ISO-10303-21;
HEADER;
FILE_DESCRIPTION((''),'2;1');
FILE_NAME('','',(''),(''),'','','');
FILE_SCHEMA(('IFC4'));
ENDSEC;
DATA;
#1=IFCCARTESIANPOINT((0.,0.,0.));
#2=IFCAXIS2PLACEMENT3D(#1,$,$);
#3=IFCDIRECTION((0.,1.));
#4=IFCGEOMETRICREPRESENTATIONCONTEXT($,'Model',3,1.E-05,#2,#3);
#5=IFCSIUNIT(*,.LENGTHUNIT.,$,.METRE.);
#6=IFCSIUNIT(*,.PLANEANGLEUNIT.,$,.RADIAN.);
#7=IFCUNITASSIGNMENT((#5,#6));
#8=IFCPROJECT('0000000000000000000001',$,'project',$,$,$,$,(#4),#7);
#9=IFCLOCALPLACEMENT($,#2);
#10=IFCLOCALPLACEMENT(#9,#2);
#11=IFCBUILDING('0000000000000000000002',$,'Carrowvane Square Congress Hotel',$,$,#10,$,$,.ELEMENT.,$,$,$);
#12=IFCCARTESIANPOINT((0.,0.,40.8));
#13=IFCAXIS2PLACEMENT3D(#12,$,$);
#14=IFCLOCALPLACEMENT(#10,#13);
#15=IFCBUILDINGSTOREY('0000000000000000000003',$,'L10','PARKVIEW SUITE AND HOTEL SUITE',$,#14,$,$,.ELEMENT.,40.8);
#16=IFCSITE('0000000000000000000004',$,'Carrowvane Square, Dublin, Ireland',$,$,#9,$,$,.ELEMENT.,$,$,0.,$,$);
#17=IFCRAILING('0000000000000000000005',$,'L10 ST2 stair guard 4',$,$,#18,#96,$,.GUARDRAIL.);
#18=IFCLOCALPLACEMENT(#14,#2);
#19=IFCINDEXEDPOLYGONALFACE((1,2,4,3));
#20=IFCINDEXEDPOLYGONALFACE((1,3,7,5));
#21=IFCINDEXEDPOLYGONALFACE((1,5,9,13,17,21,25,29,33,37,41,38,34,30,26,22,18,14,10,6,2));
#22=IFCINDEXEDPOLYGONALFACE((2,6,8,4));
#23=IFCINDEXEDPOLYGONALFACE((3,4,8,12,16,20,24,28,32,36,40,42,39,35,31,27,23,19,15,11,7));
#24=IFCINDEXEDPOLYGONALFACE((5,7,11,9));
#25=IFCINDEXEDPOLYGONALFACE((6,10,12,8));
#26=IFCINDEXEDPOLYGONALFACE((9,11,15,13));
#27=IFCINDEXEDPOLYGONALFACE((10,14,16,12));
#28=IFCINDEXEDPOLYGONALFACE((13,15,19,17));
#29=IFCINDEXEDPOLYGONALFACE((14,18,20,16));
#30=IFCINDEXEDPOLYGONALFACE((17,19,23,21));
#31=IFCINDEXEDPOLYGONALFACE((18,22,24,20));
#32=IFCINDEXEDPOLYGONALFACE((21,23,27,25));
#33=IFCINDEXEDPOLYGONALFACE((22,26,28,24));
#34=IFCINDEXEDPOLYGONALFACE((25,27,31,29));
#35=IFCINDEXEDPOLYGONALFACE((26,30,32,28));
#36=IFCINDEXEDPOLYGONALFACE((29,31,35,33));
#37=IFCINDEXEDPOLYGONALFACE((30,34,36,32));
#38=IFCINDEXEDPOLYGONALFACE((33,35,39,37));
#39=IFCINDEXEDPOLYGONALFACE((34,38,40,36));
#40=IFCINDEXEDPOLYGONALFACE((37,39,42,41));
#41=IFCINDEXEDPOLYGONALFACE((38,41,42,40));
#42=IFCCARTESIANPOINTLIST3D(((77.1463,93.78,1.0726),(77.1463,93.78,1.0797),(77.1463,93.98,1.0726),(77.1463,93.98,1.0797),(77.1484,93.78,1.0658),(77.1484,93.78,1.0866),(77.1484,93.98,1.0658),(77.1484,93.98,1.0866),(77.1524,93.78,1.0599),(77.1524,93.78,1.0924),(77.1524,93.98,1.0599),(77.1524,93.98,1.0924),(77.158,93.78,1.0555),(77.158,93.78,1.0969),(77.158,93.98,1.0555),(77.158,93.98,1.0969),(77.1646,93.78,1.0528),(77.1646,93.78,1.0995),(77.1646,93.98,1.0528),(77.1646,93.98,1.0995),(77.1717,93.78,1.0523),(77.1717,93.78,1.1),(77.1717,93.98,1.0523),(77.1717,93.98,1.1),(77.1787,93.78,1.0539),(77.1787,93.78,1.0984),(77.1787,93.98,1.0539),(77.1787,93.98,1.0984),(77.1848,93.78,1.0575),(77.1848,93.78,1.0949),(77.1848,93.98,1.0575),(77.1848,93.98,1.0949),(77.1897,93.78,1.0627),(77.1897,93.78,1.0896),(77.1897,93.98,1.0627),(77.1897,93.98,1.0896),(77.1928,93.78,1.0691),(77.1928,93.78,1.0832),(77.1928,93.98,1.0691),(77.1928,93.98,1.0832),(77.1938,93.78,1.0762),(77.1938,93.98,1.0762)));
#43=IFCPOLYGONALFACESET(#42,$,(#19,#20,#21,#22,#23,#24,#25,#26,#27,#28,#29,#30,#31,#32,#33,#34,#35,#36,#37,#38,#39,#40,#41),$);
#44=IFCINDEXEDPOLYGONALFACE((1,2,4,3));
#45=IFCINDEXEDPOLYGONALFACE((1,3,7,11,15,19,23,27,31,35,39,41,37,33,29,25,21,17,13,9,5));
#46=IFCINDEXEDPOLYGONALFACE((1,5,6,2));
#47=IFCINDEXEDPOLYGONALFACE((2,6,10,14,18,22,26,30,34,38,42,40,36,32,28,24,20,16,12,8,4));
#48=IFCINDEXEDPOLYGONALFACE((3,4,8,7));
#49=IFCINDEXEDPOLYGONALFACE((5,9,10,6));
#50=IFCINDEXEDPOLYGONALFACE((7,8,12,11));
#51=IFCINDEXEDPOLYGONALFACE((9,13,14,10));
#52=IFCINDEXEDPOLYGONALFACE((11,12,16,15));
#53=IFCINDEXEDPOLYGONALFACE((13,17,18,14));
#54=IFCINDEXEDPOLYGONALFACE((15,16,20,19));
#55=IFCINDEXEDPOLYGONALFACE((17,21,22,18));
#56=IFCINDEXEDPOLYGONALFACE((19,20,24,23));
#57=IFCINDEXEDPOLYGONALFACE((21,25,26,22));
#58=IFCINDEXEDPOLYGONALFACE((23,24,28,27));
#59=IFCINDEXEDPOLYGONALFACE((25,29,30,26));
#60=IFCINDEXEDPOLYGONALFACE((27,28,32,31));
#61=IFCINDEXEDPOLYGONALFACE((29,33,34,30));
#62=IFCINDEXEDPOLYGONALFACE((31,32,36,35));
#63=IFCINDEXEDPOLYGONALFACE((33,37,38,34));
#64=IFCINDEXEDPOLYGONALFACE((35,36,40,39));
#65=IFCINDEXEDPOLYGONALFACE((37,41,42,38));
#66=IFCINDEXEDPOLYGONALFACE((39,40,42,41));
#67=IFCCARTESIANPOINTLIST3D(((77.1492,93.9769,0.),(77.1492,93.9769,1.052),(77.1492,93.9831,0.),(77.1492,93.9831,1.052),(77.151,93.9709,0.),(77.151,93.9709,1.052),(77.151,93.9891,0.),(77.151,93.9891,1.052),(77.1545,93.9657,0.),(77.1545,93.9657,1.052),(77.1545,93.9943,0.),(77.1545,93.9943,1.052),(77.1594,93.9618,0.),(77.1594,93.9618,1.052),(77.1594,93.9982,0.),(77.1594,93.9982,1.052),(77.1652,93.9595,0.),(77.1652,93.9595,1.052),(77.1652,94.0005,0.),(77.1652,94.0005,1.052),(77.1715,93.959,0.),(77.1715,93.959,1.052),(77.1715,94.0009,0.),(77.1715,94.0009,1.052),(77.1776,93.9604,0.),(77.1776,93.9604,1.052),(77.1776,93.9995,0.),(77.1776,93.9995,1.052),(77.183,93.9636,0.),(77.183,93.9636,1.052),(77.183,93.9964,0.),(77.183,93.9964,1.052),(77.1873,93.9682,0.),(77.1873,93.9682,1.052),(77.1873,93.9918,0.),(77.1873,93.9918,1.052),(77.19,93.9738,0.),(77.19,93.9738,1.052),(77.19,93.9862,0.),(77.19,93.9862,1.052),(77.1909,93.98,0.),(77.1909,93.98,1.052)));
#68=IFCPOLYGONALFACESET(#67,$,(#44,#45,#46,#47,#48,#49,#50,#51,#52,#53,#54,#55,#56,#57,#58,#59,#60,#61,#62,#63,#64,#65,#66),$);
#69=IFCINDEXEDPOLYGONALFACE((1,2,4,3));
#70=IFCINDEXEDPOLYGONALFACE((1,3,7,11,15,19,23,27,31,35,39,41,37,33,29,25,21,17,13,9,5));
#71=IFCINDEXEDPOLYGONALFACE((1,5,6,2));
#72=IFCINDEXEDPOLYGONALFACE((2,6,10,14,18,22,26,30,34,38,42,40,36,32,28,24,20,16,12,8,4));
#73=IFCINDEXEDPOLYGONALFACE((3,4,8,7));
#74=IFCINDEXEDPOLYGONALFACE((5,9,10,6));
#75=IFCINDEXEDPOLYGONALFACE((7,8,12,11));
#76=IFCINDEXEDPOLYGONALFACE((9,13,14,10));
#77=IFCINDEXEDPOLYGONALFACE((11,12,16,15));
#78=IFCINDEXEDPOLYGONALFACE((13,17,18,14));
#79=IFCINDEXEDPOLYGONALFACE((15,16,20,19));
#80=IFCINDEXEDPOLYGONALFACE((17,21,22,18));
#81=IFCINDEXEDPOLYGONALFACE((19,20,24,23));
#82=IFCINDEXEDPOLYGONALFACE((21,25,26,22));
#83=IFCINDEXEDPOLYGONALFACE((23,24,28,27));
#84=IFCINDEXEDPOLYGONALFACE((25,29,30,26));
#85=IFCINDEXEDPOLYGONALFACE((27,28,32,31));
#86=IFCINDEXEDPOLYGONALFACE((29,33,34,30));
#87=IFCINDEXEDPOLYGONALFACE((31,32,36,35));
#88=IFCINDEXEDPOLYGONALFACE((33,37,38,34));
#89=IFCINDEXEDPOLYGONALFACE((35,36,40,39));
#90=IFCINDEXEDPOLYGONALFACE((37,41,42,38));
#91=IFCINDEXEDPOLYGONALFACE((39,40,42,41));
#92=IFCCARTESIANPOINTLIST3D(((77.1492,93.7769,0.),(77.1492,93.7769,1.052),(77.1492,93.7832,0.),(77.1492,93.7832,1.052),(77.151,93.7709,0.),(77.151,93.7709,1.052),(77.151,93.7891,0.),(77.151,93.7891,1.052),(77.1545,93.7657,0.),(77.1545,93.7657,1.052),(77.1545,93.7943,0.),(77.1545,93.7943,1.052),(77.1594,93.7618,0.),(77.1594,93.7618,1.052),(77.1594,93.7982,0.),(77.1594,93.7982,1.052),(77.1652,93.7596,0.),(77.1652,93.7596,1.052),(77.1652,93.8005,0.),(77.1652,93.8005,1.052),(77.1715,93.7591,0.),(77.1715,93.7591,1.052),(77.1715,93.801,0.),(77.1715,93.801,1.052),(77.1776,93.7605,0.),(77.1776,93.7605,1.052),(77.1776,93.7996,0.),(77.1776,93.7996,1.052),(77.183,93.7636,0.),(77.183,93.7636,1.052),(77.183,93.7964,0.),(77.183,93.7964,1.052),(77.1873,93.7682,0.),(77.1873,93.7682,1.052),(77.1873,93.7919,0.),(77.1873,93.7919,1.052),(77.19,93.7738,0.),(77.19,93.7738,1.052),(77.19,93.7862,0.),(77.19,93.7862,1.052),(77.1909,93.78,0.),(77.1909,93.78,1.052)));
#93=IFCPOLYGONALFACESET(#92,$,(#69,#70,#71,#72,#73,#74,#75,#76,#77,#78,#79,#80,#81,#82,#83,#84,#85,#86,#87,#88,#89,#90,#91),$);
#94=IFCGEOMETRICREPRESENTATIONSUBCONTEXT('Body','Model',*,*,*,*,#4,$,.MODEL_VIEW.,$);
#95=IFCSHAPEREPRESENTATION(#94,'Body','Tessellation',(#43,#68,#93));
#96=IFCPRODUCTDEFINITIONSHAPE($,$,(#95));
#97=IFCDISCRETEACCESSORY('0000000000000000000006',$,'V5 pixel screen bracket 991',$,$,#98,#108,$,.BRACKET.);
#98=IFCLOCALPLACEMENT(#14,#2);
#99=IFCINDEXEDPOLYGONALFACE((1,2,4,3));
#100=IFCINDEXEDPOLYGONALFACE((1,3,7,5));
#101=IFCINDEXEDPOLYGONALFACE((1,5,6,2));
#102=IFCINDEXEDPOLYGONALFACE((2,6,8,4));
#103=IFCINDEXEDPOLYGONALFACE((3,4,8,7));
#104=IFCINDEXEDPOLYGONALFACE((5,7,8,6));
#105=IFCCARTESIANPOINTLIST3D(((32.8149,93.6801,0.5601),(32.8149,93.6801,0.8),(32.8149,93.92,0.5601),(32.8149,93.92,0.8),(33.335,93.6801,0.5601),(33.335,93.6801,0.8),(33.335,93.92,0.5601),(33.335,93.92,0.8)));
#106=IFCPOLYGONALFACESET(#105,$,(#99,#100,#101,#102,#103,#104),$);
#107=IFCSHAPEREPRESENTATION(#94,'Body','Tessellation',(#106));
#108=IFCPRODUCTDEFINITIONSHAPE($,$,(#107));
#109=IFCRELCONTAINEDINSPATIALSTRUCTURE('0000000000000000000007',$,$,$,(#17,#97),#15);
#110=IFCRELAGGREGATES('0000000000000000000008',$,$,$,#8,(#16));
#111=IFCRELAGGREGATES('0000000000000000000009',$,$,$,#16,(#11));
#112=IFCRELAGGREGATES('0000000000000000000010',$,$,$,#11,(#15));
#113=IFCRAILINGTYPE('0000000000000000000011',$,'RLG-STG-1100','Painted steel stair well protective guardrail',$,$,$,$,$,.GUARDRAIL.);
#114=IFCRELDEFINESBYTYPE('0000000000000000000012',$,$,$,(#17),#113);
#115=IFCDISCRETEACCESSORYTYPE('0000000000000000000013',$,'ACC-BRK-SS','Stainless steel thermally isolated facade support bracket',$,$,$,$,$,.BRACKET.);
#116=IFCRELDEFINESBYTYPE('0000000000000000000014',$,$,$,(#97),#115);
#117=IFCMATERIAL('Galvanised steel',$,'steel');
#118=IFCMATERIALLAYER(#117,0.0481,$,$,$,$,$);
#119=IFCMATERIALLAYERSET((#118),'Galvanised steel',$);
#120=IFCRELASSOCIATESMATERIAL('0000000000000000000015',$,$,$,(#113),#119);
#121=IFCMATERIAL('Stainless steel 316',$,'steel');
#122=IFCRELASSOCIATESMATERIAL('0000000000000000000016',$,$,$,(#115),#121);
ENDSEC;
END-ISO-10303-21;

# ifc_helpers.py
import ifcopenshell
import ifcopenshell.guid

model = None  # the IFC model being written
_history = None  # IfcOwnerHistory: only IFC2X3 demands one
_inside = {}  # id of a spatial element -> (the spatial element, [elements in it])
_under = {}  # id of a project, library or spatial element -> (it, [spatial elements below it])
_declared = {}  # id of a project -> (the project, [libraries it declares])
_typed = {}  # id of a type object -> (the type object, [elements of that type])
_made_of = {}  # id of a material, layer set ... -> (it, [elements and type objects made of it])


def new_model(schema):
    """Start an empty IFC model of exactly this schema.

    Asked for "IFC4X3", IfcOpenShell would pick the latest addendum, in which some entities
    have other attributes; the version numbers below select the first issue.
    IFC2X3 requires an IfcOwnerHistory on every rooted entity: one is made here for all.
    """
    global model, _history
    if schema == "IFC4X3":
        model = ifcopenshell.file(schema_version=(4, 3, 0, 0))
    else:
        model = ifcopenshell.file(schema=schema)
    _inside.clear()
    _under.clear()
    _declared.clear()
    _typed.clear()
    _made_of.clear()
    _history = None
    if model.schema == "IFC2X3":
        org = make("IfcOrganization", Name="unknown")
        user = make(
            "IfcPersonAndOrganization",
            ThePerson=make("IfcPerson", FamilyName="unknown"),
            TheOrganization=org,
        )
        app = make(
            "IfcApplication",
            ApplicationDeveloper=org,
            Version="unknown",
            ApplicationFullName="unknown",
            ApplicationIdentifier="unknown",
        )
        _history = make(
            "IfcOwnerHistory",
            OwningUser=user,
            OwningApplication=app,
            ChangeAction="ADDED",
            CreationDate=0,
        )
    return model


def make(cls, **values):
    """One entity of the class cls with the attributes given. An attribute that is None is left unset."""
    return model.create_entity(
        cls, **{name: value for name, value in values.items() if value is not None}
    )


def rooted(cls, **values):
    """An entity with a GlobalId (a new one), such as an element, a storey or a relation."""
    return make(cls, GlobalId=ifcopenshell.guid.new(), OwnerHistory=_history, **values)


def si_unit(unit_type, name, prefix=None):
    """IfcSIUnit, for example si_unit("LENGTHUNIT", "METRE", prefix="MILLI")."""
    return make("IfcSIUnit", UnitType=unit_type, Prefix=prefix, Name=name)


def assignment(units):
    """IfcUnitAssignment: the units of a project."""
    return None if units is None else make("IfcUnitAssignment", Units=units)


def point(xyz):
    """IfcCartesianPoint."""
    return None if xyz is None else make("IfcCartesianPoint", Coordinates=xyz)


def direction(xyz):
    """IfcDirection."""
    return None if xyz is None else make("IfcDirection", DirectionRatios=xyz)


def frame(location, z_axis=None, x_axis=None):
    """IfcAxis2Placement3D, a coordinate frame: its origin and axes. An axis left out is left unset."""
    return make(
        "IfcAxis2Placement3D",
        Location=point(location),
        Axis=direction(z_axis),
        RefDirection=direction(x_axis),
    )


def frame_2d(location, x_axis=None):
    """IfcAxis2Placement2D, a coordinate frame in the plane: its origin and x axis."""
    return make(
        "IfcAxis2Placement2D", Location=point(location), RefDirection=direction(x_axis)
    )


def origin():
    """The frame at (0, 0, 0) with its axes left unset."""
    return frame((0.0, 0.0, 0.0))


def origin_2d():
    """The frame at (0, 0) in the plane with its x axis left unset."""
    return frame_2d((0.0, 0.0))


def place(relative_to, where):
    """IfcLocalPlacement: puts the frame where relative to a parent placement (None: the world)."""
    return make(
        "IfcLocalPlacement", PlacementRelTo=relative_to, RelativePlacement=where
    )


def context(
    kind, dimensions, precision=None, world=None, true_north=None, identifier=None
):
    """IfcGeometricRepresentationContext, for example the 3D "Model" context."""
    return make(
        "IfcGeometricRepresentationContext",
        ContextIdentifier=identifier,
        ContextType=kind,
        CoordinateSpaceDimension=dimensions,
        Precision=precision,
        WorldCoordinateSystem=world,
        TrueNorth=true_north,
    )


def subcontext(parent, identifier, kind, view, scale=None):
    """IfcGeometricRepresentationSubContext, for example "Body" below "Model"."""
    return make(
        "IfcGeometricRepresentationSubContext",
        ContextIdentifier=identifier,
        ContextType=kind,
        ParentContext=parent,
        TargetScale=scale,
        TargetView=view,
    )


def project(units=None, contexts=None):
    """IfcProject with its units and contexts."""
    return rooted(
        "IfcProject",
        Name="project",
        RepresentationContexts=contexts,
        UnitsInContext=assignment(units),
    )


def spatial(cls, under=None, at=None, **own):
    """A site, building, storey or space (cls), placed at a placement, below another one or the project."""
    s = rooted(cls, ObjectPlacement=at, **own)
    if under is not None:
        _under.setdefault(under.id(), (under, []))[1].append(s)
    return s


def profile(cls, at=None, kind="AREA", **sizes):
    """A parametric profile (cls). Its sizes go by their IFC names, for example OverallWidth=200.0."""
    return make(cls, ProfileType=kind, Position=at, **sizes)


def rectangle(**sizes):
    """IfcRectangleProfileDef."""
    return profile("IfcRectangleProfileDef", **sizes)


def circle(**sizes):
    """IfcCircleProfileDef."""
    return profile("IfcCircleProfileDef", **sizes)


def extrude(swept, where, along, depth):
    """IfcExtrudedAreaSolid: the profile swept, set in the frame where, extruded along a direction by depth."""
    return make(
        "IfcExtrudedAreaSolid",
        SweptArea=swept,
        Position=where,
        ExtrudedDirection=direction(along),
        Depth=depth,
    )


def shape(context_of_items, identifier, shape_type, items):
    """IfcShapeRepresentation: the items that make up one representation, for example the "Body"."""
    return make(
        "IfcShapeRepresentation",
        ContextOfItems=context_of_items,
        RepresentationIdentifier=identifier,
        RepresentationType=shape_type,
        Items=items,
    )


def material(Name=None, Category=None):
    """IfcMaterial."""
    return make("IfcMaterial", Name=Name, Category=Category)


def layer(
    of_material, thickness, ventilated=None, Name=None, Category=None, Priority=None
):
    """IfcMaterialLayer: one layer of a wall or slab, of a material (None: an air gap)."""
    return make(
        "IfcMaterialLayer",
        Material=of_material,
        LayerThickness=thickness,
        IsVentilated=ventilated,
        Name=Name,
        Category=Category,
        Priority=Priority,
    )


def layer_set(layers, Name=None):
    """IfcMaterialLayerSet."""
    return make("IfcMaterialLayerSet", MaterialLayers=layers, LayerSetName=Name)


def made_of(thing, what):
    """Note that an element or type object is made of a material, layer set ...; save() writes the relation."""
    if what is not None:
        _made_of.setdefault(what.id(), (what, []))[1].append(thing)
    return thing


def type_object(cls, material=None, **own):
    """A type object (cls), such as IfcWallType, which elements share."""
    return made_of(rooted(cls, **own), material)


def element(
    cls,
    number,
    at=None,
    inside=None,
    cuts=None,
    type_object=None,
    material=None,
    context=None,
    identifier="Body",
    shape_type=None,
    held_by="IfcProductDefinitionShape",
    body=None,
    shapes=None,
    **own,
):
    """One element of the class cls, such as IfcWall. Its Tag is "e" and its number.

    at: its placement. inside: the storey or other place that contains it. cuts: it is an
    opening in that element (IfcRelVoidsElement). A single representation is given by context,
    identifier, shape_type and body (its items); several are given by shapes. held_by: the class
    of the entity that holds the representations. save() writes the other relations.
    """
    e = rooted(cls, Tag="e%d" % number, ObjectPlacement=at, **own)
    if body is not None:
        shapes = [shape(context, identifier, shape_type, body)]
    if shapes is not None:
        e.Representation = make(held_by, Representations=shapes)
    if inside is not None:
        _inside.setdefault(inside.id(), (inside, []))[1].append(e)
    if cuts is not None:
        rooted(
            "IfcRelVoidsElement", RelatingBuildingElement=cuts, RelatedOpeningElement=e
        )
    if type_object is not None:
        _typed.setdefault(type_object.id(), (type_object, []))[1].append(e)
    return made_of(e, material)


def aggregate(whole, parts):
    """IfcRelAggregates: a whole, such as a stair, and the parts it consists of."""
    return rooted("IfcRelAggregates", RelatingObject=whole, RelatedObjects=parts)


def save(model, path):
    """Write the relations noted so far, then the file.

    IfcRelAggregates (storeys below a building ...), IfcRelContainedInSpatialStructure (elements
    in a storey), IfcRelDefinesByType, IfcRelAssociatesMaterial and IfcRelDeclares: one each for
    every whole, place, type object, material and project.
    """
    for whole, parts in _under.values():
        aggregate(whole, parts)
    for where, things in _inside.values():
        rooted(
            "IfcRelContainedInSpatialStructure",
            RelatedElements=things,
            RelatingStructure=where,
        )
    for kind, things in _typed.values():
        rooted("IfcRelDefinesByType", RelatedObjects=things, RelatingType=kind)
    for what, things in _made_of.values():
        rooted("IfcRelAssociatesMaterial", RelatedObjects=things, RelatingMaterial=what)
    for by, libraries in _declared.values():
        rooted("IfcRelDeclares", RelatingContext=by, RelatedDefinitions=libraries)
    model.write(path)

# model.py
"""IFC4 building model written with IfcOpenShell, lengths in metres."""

from ifc_helpers import new_model, si_unit, direction, frame, origin, origin_2d, place, context, subcontext, project, spatial, rectangle, circle, extrude, material, layer, layer_set, type_object, element, save


model = new_model("IFC4")

# Units and contexts
model_context = context("Model", 3, precision=1e-05, world=origin(), true_north=direction((0.0, 1.0)))
body_context = subcontext(model_context, "Body", "Model", "MODEL_VIEW")
ifc_project = project(units=[si_unit("LENGTHUNIT", "METRE"), si_unit("PLANEANGLEUNIT", "RADIAN")], contexts=[model_context])

# Site, building, storey
site_placement = place(None, origin())
site = spatial("IfcSite", under=ifc_project, at=site_placement, Name="Carrowvane Square, Dublin, Ireland", CompositionType="ELEMENT", RefElevation=0.0)
building_placement = place(site_placement, origin())
building = spatial("IfcBuilding", under=site, at=building_placement, Name="Carrowvane Square Congress Hotel", CompositionType="ELEMENT")
storey_placement = place(building_placement, frame((0.0, 0.0, 40.8)))
storey = spatial("IfcBuildingStorey", under=building, at=storey_placement, Name="L10", Description="PARKVIEW SUITE AND HOTEL SUITE", CompositionType="ELEMENT", Elevation=40.8)

# Railing
ifc_material_1 = material(Name="Galvanised steel", Category="steel")
ifc_layer_1 = layer(ifc_material_1, 0.0481)
ifc_layer_set_1 = layer_set([ifc_layer_1], Name="Galvanised steel")
railing_type_1 = type_object("IfcRailingType", Name="RLG-STG-1100", Description="Painted steel stair well protective guardrail", PredefinedType="GUARDRAIL", material=ifc_layer_set_1)
railing_1_placement = place(storey_placement, frame((77.1699, 93.98, 0.0)))
element("IfcRailing", 1, at=railing_1_placement, inside=storey, type_object=railing_type_1, Name="L10 ST2 stair guard 4", PredefinedType="GUARDRAIL", context=body_context, shape_type="SweptSolid", body=[
    extrude(circle(Radius=0.0239, at=origin_2d()), frame((0.0, 0.0, 1.0762), z_axis=(0.0, -1.0, 0.0), x_axis=(1.0, 0.0, 0.0)), (0.0, 0.0, 1.0), 0.2),
    extrude(circle(Radius=0.021, at=origin_2d()), origin(), (0.0, 0.0, 1.0), 1.052),
    extrude(circle(Radius=0.021, at=origin_2d()), frame((0.0, -0.2, 0.0)), (0.0, 0.0, 1.0), 1.052),
])

# Discrete accessory
ifc_material_2 = material(Name="Stainless steel 316", Category="steel")
discrete_accessory_type = type_object("IfcDiscreteAccessoryType", Name="ACC-BRK-SS", Description="Stainless steel thermally isolated facade support bracket", PredefinedType="BRACKET", material=ifc_material_2)
discrete_accessory_placement = place(storey_placement, frame((33.075, 93.8, 0.5601), z_axis=(0.0, 0.0, 1.0), x_axis=(0.0, 1.0, 0.0)))
element("IfcDiscreteAccessory", 2, at=discrete_accessory_placement, inside=storey, type_object=discrete_accessory_type, Name="V5 pixel screen bracket 991", PredefinedType="BRACKET", context=body_context, shape_type="SweptSolid", body=[
    extrude(rectangle(XDim=0.24, YDim=0.52, at=origin_2d()), origin(), (0.0, 0.0, 1.0), 0.24),
])

save(model, "model.ifc")
